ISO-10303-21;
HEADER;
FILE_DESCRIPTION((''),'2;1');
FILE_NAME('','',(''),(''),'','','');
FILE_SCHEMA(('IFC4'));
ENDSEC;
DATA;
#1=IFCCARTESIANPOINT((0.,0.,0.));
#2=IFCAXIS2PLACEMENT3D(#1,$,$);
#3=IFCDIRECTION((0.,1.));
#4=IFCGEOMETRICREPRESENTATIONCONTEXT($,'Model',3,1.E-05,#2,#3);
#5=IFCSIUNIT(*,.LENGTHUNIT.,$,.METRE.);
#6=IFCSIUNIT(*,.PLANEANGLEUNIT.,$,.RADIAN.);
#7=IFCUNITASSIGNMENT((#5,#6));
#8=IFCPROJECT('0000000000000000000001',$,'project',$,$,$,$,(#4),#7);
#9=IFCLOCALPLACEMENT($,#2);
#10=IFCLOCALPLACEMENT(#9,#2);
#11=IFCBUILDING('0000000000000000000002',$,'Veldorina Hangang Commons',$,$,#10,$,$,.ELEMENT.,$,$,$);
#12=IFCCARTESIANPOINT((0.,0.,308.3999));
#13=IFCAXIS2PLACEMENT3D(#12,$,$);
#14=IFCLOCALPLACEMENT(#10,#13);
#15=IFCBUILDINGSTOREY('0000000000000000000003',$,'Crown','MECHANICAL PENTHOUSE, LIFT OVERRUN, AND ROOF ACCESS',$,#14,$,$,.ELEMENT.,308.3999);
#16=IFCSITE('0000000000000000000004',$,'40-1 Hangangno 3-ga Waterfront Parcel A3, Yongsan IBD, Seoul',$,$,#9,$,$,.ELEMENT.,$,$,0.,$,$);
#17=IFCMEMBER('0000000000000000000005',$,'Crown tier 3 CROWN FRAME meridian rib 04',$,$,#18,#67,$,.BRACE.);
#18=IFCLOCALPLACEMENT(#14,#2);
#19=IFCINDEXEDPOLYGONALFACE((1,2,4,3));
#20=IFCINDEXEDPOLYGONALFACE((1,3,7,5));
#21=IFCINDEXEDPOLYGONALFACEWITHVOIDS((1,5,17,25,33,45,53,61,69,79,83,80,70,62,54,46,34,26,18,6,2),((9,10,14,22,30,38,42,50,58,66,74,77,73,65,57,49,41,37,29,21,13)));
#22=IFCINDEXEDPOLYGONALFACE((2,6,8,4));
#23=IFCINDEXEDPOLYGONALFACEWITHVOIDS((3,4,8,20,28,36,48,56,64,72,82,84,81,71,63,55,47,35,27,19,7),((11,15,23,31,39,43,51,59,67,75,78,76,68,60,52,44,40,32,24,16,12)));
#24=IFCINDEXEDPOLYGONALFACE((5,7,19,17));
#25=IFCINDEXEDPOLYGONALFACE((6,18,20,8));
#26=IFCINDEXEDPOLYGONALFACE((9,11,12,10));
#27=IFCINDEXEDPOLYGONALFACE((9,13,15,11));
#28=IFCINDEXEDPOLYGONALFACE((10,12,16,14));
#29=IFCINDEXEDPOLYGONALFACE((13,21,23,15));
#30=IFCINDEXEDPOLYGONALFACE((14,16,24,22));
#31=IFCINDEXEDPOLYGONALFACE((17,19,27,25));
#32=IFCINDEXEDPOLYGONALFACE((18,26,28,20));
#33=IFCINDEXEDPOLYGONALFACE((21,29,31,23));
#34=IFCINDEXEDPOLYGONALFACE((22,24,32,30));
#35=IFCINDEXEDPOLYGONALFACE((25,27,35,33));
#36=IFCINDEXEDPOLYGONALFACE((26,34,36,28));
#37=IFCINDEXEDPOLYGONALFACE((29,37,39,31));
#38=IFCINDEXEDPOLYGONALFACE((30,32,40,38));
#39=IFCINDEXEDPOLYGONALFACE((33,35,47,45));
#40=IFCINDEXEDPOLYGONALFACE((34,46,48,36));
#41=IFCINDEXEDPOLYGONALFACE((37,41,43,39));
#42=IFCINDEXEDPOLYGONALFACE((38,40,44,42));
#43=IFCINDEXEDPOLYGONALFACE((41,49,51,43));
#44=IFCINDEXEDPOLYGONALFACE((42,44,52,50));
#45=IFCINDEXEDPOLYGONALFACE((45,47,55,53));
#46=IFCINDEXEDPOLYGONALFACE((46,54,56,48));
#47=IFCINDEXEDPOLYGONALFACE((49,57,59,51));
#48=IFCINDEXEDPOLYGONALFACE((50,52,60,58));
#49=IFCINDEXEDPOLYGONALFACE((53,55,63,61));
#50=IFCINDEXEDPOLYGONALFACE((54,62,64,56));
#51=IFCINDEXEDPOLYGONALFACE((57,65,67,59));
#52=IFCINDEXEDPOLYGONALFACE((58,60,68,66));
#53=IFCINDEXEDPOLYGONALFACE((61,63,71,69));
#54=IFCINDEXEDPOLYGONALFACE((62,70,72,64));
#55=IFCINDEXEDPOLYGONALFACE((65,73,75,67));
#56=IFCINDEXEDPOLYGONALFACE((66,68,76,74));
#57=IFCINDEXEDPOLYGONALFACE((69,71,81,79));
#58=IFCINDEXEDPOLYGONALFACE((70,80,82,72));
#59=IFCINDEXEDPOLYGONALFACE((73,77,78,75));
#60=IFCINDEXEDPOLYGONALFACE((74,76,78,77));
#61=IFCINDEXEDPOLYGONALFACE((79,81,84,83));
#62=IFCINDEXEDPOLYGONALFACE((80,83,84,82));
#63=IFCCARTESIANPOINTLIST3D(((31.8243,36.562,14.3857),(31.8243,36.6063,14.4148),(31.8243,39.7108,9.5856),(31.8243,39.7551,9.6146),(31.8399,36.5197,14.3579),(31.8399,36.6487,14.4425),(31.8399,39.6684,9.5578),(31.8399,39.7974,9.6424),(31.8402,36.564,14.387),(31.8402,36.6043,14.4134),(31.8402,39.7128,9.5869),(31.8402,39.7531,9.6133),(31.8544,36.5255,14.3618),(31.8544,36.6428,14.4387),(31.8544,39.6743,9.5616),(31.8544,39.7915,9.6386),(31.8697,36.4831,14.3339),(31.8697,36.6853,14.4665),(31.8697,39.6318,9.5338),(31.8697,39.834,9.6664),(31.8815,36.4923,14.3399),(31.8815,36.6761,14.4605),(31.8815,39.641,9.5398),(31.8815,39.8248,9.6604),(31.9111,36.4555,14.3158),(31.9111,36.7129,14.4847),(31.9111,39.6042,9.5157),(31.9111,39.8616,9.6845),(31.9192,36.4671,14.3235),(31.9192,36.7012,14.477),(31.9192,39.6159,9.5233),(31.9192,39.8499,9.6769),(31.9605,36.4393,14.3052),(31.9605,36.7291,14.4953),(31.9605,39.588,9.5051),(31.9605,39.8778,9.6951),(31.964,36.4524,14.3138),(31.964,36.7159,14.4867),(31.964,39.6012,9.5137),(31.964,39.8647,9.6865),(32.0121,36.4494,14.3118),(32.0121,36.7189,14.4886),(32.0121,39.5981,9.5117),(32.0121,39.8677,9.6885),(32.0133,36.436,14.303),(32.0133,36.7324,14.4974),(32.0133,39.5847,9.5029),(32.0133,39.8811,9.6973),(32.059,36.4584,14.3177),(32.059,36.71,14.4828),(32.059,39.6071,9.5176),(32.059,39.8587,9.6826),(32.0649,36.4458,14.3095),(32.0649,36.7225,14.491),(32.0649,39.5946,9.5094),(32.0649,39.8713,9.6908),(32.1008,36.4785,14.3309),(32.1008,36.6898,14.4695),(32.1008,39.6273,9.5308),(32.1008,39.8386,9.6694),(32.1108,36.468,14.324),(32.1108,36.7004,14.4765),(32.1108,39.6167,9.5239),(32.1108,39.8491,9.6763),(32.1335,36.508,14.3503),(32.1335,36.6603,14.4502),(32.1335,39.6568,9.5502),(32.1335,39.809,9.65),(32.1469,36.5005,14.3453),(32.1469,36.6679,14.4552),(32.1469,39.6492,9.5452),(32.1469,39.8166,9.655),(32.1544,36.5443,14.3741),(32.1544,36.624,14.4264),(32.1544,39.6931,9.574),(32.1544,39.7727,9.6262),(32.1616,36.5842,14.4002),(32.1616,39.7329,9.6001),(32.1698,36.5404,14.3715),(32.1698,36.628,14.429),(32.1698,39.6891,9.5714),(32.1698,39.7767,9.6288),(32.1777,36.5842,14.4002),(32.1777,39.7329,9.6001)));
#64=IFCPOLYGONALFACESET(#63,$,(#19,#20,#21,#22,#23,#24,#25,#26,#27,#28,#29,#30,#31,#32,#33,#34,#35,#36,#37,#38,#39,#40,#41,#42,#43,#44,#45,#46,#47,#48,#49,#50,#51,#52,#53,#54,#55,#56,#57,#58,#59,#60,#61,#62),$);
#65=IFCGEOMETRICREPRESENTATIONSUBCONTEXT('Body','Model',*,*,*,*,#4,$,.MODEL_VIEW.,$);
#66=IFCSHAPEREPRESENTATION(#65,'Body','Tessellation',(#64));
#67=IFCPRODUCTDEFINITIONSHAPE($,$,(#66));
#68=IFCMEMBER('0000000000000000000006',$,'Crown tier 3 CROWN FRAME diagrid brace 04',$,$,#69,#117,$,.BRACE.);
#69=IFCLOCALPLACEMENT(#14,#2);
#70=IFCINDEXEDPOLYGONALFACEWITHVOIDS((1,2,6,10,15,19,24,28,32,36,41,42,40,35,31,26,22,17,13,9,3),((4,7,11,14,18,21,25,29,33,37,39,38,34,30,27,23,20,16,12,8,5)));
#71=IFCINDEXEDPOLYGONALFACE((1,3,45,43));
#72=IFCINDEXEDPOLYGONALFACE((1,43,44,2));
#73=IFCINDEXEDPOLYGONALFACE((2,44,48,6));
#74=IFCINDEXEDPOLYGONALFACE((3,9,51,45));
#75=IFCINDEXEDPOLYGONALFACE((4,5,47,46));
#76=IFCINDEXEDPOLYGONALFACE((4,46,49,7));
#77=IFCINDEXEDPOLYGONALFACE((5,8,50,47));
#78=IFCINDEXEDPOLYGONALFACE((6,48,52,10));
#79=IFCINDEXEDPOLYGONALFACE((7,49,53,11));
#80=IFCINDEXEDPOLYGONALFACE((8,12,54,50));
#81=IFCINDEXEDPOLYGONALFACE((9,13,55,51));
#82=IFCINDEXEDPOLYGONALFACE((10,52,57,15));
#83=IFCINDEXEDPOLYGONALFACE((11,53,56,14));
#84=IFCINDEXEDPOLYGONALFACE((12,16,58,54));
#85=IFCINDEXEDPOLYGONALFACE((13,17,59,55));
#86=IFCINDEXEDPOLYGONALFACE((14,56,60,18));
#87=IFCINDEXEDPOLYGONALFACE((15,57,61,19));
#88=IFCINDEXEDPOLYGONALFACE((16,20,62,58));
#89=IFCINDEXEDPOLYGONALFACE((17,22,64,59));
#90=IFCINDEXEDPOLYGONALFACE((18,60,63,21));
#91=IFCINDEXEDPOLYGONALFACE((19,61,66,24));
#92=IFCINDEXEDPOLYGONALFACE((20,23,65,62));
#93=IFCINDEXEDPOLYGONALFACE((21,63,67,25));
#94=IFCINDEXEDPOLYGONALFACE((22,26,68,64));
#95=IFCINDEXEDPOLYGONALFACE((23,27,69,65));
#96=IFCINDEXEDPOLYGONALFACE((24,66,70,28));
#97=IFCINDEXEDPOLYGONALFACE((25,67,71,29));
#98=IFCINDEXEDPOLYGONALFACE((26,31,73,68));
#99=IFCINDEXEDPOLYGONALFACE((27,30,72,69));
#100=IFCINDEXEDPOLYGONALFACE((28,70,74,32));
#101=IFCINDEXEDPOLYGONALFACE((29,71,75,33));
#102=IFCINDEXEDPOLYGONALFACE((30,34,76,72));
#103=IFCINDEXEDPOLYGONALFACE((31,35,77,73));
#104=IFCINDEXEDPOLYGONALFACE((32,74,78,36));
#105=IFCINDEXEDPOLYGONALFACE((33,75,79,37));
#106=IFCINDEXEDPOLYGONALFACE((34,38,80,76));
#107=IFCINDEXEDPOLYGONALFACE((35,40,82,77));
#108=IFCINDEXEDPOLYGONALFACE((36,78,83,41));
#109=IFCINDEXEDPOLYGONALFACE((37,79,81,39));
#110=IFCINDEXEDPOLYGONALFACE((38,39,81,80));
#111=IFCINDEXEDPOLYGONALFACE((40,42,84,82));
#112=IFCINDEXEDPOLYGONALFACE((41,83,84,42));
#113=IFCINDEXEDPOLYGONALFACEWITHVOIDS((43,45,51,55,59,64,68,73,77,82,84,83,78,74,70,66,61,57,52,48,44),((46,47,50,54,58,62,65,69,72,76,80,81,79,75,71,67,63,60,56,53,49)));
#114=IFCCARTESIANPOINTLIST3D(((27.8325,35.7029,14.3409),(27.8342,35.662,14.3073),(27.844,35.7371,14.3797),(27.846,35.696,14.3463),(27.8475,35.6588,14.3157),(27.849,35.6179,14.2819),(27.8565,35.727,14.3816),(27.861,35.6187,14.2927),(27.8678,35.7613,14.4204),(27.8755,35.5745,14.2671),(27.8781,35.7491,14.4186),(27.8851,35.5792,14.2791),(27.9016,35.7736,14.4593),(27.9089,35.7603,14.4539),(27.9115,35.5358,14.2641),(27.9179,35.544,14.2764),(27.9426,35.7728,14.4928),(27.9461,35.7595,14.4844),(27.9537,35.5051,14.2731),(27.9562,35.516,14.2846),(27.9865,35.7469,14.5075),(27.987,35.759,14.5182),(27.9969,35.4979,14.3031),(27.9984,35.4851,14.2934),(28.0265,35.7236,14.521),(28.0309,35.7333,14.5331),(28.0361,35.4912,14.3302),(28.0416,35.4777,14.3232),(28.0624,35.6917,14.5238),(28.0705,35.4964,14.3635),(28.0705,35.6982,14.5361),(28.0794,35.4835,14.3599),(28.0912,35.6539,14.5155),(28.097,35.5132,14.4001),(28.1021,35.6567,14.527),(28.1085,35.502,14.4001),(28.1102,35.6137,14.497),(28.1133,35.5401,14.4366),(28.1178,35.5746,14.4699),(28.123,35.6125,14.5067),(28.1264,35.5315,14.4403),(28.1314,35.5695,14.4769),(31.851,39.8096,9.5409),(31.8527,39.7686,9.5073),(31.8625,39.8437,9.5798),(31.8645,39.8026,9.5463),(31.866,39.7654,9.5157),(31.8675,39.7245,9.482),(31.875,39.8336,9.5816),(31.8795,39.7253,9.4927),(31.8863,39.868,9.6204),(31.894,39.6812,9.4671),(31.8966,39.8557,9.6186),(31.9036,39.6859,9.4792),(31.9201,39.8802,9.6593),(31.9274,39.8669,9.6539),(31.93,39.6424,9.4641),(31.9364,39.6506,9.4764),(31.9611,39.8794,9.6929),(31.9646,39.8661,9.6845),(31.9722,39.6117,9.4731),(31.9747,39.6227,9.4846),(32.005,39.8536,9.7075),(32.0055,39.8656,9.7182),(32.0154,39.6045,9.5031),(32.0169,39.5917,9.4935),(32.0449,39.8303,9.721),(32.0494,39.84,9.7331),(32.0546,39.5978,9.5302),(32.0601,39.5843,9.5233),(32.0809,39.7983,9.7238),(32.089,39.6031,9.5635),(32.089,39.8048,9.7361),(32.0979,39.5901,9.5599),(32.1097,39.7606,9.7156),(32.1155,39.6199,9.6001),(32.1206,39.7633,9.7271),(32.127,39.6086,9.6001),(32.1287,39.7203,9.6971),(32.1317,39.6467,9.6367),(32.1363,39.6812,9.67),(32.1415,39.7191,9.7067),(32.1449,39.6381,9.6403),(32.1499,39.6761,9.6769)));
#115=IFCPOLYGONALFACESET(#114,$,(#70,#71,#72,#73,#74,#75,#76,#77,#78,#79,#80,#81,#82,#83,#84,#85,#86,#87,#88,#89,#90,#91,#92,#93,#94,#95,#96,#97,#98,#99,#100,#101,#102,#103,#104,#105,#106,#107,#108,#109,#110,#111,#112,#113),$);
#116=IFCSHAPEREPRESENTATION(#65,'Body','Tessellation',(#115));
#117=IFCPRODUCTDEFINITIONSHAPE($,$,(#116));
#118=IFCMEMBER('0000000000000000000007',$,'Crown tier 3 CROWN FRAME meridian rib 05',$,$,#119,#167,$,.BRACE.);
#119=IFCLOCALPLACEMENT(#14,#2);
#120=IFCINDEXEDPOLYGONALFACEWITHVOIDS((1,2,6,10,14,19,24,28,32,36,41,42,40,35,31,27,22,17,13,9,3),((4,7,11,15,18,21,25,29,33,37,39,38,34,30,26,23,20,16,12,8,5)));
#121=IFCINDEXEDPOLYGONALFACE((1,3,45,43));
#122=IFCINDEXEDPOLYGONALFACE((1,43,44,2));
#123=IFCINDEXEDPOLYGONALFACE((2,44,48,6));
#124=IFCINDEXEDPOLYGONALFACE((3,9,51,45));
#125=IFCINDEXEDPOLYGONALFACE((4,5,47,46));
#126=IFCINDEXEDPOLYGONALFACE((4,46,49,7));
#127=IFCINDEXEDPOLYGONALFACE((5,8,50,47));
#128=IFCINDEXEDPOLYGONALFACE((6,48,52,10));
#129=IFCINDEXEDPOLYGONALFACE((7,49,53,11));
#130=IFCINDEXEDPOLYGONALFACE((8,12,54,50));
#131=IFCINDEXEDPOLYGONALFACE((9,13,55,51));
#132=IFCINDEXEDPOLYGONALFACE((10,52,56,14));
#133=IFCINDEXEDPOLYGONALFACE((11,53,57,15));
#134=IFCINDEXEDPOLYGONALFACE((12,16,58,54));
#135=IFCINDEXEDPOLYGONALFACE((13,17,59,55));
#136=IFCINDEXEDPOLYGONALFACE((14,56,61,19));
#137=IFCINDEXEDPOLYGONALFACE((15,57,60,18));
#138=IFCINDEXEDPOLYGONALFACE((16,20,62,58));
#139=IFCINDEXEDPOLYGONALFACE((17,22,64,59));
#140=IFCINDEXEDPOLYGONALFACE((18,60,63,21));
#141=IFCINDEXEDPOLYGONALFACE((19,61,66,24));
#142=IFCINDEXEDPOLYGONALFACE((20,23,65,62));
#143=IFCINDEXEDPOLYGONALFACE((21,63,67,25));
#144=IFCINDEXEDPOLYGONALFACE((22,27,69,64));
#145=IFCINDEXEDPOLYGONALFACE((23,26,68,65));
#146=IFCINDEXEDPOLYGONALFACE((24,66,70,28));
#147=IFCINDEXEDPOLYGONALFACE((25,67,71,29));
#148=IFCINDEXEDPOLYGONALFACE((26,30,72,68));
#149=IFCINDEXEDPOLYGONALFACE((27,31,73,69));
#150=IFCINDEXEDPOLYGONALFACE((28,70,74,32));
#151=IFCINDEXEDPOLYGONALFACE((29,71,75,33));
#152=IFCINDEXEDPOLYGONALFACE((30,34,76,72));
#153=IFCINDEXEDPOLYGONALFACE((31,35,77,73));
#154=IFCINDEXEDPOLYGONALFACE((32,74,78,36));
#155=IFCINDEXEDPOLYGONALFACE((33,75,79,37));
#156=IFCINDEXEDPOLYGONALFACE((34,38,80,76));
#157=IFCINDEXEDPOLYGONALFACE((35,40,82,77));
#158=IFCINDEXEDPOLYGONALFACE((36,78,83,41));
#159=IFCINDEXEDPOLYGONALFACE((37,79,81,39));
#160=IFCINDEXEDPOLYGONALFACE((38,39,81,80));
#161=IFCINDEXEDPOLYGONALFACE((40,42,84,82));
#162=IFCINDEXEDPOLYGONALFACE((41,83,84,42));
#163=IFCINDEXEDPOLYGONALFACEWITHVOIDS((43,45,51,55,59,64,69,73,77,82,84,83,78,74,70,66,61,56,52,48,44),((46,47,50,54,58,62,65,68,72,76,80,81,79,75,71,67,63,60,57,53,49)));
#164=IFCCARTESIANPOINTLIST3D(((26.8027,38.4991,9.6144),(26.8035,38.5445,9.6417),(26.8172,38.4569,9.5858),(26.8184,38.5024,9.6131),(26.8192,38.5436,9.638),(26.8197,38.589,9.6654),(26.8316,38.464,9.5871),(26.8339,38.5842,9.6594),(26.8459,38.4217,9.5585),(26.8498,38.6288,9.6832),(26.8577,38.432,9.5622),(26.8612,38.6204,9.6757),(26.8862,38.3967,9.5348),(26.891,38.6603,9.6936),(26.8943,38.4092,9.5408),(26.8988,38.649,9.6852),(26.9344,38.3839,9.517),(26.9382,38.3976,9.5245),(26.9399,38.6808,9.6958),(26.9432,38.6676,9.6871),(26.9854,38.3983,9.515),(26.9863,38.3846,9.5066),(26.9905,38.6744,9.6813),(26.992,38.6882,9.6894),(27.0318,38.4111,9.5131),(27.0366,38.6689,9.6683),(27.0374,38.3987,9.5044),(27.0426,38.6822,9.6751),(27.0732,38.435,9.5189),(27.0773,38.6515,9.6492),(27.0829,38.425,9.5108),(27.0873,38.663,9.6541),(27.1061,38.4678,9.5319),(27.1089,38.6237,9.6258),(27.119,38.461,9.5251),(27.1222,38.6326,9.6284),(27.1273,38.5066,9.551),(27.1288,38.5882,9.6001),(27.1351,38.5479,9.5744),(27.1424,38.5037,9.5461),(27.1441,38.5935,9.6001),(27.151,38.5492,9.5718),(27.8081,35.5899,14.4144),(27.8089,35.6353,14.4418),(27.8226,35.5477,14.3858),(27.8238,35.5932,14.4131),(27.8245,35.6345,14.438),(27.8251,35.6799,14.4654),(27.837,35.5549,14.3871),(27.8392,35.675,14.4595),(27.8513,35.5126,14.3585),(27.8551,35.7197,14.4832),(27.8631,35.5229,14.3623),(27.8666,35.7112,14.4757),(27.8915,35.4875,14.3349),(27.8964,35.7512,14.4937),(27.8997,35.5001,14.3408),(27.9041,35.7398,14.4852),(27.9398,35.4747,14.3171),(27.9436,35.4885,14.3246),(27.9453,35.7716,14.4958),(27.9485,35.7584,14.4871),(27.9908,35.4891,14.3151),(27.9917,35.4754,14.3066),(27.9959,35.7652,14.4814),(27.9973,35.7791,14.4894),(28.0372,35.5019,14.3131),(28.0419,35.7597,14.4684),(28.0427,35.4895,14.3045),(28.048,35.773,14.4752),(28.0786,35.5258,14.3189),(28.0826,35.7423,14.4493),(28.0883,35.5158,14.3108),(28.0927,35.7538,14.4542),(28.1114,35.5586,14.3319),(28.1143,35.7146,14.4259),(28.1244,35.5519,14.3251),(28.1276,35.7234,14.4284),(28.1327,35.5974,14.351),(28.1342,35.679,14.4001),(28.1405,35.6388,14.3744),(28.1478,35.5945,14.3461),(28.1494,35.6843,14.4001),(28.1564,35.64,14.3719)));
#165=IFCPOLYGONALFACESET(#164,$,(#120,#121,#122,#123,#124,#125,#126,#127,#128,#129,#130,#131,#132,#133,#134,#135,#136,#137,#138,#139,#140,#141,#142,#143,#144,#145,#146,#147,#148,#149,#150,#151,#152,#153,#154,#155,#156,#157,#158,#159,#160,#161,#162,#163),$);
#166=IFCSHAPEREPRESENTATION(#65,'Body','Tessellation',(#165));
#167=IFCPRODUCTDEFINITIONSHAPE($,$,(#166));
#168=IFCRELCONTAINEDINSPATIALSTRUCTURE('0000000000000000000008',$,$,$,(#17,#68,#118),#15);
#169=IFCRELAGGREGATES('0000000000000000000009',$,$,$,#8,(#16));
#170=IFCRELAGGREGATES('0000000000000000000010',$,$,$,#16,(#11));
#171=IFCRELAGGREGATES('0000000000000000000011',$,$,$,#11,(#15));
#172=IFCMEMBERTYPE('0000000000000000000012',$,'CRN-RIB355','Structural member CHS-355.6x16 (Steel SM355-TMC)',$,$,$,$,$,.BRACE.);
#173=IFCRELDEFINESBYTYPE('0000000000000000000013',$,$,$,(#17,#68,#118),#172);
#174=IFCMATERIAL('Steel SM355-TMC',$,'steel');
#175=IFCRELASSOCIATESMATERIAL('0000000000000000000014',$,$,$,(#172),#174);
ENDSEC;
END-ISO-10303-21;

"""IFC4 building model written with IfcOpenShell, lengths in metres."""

from ifc_helpers import new_model, si_unit, direction, frame, origin, origin_2d, place, context, subcontext, project, spatial, hollow_circle, extrude, material, material_profile, profile_set, type_object, element, save


model = new_model("IFC4")

# Units and contexts
model_context = context("Model", 3, precision=1e-05, world=origin(), true_north=direction((0.0, 1.0)))
body_context = subcontext(model_context, "Body", "Model", "MODEL_VIEW")
ifc_project = project(units=[si_unit("LENGTHUNIT", "METRE"), si_unit("PLANEANGLEUNIT", "RADIAN")], contexts=[model_context])

# Site, building, storey
site_placement = place(None, origin())
site = spatial("IfcSite", under=ifc_project, at=site_placement, Name="40-1 Hangangno 3-ga Waterfront Parcel A3, Yongsan IBD, Seoul", CompositionType="ELEMENT", RefElevation=0.0)
building_placement = place(site_placement, origin())
building = spatial("IfcBuilding", under=site, at=building_placement, Name="Veldorina Hangang Commons", CompositionType="ELEMENT")
storey_placement = place(building_placement, frame((0.0, 0.0, 308.3999)))
storey = spatial("IfcBuildingStorey", under=building, at=storey_placement, Name="Crown", Description="MECHANICAL PENTHOUSE, LIFT OVERRUN, AND ROOF ACCESS", CompositionType="ELEMENT", Elevation=308.3999)

# Members
ifc_material_1 = material(Name="Steel SM355-TMC", Category="steel")
ifc_material_profile_1 = material_profile(ifc_material_1, hollow_circle(Radius=0.1777, WallThickness=0.0161, at=origin_2d()), Name="CHS-355.6x16")
ifc_profile_set_1 = profile_set([ifc_material_profile_1], Name="Steel SM355-TMC")
member_type_1 = type_object("IfcMemberType", Name="CRN-RIB355", Description="Structural member CHS-355.6x16 (Steel SM355-TMC)", PredefinedType="BRACE", material=ifc_profile_set_1)
member_1_placement = place(storey_placement, frame((32.0, 39.7329, 9.6001), z_axis=(0.0, -0.548492, 0.836156), x_axis=(1.0, 0.0, 0.0)))
element("IfcMember", 1, at=member_1_placement, inside=storey, type_object=member_type_1, Name="Crown tier 3 CROWN FRAME meridian rib 04", PredefinedType="BRACE", context=body_context, shape_type="SweptSolid", body=[
    extrude(hollow_circle(Radius=0.1777, WallThickness=0.0161, at=origin_2d()), origin(), (0.0, 0.0, 1.0), 5.7407),
])
member_2_placement = place(storey_placement, frame((32.0, 39.7329, 9.6001), z_axis=(-0.536743, -0.548514, 0.641124), x_axis=(0.714735, -0.699396, 0.0)))
element("IfcMember", 2, at=member_2_placement, inside=storey, type_object=member_type_1, Name="Crown tier 3 CROWN FRAME diagrid brace 04", PredefinedType="BRACE", context=body_context, shape_type="SweptSolid", body=[
    extrude(hollow_circle(Radius=0.1777, WallThickness=0.0161, at=origin_2d()), origin(), (0.0, 0.0, 1.0), 7.4868),
])
member_3_placement = place(storey_placement, frame((26.9761, 38.5354, 9.6001), z_axis=(0.176314, -0.51019, 0.841796), x_axis=(0.945152, 0.326631, 0.0)))
element("IfcMember", 3, at=member_3_placement, inside=storey, type_object=member_type_1, Name="Crown tier 3 CROWN FRAME meridian rib 05", PredefinedType="BRACE", context=body_context, shape_type="SweptSolid", body=[
    extrude(hollow_circle(Radius=0.1777, WallThickness=0.0161, at=origin_2d()), origin(), (0.0, 0.0, 1.0), 5.7021),
])

save(model, "model.ifc")
